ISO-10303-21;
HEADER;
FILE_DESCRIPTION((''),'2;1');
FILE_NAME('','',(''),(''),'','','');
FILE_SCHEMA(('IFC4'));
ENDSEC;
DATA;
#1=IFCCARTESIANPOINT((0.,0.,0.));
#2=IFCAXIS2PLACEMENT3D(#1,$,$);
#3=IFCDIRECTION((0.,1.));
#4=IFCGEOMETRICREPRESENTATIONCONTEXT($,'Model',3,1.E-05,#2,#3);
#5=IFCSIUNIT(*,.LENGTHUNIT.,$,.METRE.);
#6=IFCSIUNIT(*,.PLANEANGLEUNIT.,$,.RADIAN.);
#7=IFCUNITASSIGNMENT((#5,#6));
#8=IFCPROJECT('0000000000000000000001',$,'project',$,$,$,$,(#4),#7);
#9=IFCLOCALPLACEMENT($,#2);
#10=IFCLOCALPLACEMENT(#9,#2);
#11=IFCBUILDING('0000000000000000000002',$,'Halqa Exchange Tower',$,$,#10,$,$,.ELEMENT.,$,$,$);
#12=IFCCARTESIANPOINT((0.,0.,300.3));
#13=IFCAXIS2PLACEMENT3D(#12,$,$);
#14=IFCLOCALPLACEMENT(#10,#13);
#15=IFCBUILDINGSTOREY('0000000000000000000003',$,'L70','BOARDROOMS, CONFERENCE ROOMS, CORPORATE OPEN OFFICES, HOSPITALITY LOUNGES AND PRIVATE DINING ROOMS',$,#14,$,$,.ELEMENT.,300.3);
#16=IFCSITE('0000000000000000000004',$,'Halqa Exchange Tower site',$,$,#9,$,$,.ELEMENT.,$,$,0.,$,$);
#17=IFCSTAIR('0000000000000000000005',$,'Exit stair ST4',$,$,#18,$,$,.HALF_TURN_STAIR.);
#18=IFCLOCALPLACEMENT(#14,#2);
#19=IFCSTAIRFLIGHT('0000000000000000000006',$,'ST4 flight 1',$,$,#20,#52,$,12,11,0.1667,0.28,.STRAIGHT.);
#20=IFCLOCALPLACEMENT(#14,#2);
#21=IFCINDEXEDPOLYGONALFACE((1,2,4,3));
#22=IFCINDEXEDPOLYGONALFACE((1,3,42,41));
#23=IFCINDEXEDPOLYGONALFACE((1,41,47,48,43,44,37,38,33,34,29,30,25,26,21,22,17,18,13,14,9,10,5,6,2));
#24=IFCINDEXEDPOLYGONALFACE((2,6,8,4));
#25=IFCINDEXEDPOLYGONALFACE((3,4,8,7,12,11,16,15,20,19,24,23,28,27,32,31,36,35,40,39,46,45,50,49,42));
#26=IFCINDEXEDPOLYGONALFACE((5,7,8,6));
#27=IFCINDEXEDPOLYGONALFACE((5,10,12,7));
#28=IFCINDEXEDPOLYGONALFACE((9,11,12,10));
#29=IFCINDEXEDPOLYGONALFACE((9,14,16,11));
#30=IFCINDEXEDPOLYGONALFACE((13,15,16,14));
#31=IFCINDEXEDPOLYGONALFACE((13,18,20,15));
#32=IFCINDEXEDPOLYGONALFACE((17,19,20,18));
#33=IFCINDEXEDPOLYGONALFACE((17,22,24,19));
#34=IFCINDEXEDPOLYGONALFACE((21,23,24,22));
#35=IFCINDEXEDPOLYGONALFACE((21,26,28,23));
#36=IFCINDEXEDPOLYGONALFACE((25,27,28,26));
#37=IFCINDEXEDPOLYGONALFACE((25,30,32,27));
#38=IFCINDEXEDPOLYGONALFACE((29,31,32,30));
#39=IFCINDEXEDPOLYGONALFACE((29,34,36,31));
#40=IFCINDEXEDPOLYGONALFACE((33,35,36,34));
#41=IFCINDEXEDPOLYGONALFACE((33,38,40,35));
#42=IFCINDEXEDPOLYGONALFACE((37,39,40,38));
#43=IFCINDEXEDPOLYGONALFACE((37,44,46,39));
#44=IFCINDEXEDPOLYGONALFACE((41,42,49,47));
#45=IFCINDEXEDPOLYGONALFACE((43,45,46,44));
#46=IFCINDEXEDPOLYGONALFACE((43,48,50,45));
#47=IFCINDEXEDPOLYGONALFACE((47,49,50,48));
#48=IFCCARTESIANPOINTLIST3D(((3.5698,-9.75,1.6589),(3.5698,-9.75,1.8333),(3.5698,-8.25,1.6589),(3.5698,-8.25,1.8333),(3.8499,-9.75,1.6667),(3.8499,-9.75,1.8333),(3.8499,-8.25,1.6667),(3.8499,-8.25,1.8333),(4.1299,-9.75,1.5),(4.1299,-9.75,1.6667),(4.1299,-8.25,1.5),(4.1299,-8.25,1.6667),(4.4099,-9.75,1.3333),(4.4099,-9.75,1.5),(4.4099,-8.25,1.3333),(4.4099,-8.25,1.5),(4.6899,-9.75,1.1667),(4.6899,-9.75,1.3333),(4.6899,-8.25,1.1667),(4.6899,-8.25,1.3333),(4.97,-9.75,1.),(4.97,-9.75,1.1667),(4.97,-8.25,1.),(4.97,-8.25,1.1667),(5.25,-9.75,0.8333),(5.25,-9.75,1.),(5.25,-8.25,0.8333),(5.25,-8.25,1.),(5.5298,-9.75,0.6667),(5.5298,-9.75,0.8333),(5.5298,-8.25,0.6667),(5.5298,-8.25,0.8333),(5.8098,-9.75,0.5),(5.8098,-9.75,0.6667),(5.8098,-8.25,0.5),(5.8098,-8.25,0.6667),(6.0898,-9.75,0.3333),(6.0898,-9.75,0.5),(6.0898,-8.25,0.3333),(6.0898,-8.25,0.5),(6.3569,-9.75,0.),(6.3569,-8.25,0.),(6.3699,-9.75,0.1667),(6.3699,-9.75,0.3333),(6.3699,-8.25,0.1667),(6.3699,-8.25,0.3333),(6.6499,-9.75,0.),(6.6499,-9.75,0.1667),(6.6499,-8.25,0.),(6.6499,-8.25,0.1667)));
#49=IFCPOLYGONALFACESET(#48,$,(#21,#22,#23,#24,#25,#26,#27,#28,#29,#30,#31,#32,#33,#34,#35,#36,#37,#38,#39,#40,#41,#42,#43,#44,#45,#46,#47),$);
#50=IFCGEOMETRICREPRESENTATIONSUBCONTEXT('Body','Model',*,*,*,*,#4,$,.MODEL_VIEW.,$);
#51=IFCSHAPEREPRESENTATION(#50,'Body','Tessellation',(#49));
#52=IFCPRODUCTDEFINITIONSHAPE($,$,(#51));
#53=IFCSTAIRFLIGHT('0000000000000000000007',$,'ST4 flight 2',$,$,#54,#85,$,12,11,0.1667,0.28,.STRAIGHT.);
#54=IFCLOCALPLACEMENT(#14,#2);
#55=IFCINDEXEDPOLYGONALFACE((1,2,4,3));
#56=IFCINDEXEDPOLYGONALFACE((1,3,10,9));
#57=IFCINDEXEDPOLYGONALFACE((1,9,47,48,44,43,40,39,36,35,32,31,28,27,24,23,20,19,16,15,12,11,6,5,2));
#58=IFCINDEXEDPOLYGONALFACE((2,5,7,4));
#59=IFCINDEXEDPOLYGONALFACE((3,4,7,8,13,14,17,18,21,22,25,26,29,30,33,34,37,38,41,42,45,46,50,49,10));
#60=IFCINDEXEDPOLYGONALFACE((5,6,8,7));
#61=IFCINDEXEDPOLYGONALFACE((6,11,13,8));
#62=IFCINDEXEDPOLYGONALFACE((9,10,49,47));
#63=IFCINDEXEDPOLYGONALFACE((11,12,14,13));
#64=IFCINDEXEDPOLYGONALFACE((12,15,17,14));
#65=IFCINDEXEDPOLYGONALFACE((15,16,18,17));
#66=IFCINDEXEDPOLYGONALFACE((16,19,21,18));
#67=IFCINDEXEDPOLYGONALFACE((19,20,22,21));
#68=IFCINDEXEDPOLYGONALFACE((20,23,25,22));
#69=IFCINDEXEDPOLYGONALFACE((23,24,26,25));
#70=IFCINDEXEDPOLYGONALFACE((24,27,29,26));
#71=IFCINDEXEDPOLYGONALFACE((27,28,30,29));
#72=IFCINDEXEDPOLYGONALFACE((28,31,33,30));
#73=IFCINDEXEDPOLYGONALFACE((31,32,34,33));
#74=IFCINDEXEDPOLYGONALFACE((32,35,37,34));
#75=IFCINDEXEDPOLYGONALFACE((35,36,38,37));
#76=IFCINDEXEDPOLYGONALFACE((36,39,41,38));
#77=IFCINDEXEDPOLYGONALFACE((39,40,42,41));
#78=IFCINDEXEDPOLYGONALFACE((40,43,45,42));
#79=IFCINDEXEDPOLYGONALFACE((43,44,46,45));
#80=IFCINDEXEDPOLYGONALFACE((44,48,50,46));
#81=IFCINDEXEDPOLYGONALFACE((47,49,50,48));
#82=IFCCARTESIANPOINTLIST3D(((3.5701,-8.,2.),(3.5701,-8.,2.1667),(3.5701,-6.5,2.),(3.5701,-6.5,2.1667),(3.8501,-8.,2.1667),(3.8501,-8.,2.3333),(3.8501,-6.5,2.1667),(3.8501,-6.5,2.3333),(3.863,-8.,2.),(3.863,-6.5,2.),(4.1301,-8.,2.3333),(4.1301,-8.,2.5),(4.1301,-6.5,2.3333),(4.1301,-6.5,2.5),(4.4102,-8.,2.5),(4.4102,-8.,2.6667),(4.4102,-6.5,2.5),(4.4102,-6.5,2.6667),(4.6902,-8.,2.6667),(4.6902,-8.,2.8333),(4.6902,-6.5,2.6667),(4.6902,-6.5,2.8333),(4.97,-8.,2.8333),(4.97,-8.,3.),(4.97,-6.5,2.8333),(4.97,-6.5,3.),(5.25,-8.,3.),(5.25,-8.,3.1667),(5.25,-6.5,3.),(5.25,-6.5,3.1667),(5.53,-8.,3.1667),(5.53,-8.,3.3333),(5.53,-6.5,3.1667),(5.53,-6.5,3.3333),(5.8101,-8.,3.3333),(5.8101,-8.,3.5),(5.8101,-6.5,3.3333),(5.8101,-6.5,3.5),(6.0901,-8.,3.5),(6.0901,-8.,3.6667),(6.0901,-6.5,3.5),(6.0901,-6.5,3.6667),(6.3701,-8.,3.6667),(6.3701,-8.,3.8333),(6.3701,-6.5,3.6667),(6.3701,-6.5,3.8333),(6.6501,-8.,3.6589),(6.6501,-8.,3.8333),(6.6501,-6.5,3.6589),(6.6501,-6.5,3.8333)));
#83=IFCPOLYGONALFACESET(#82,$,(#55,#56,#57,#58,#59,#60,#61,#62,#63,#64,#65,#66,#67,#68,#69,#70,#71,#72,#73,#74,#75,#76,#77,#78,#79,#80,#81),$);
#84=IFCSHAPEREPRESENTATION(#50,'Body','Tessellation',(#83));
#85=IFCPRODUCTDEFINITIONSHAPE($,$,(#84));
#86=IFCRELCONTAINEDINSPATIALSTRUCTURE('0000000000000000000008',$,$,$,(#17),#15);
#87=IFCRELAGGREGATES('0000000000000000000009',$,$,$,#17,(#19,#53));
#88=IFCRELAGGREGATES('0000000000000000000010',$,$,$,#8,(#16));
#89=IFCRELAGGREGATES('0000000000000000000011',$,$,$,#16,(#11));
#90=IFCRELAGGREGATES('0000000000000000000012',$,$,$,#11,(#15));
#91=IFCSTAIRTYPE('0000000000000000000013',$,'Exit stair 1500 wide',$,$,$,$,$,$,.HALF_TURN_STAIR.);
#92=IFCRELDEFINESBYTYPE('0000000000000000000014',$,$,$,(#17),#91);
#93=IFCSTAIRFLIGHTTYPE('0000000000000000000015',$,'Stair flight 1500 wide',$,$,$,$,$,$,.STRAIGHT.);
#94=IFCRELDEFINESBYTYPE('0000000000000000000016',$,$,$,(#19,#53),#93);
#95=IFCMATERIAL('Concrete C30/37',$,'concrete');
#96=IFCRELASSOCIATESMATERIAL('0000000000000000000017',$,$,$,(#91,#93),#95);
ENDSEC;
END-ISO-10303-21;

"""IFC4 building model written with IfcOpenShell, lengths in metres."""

from ifc_helpers import new_model, si_unit, direction, frame, origin, place, context, subcontext, project, spatial, polyline, outline, extrude, material, type_object, element, aggregate, save


model = new_model("IFC4")

# Units and contexts
model_context = context("Model", 3, precision=1e-05, world=origin(), true_north=direction((0.0, 1.0)))
body_context = subcontext(model_context, "Body", "Model", "MODEL_VIEW")
ifc_project = project(units=[si_unit("LENGTHUNIT", "METRE"), si_unit("PLANEANGLEUNIT", "RADIAN")], contexts=[model_context])

# Site, building, storey
site_placement = place(None, origin())
site = spatial("IfcSite", under=ifc_project, at=site_placement, Name="Halqa Exchange Tower site", CompositionType="ELEMENT", RefElevation=0.0)
building_placement = place(site_placement, origin())
building = spatial("IfcBuilding", under=site, at=building_placement, Name="Halqa Exchange Tower", CompositionType="ELEMENT")
storey_placement = place(building_placement, frame((0.0, 0.0, 300.3)))
storey = spatial("IfcBuildingStorey", under=building, at=storey_placement, Name="L70", Description="BOARDROOMS, CONFERENCE ROOMS, CORPORATE OPEN OFFICES, HOSPITALITY LOUNGES AND PRIVATE DINING ROOMS", CompositionType="ELEMENT", Elevation=300.3)

# Shared definitions
ifc_material_1 = material(Name="Concrete C30/37", Category="concrete")

# Stair, stair flights
stair_type = type_object("IfcStairType", Name="Exit stair 1500 wide", PredefinedType="HALF_TURN_STAIR", material=ifc_material_1)
stair_placement = place(storey_placement, origin())
stair = element("IfcStair", 1, at=stair_placement, inside=storey, type_object=stair_type, Name="Exit stair ST4", PredefinedType="HALF_TURN_STAIR")
stair_flight_type = type_object("IfcStairFlightType", Name="Stair flight 1500 wide", PredefinedType="STRAIGHT", material=ifc_material_1)
stair_flight_1_placement = place(storey_placement, frame((6.6499, -9.0, 0.0), z_axis=(0.0, 0.0, 1.0), x_axis=(-1.0, 0.0, 0.0)))
stair_flight_1 = element("IfcStairFlight", 2, at=stair_flight_1_placement, type_object=stair_flight_type, Name="ST4 flight 1", NumberOfRisers=12, NumberOfTreads=11, PredefinedType="STRAIGHT", RiserHeight=0.1667, TreadLength=0.28, context=body_context, shape_type="SweptSolid", body=[
    extrude(outline(polyline([(0.0, 0.0), (0.0, 0.1667), (0.28, 0.1667), (0.28, 0.3333), (0.5601, 0.3333), (0.5601, 0.5), (0.8401, 0.5), (0.8401, 0.6667), (1.1201, 0.6667), (1.1201, 0.8333), (1.3999, 0.8333), (1.3999, 1.0), (1.6799, 1.0), (1.6799, 1.1667), (1.96, 1.1667), (1.96, 1.3333), (2.24, 1.3333), (2.24, 1.5), (2.52, 1.5), (2.52, 1.6667), (2.8, 1.6667), (2.8, 1.8333), (3.0801, 1.8333), (3.0801, 2.0), (3.0801, 1.6589), (0.293, 0.0), (0.0, 0.0)])), frame((0.0, 0.75, 0.0), z_axis=(0.0, -1.0, 0.0), x_axis=(1.0, 0.0, 0.0)), (0.0, 0.0, 1.0), 1.5),
])
stair_flight_2_placement = place(storey_placement, frame((3.5701, -7.25, 2.0), z_axis=(0.0, 0.0, 1.0), x_axis=(1.0, 0.0, 0.0)))
stair_flight_2 = element("IfcStairFlight", 3, at=stair_flight_2_placement, type_object=stair_flight_type, Name="ST4 flight 2", NumberOfRisers=12, NumberOfTreads=11, PredefinedType="STRAIGHT", RiserHeight=0.1667, TreadLength=0.28, context=body_context, shape_type="SweptSolid", body=[
    extrude(outline(polyline([(0.0, 0.0), (0.0, 0.1667), (0.28, 0.1667), (0.28, 0.3333), (0.5601, 0.3333), (0.5601, 0.5), (0.8401, 0.5), (0.8401, 0.6667), (1.1201, 0.6667), (1.1201, 0.8333), (1.3999, 0.8333), (1.3999, 1.0), (1.6799, 1.0), (1.6799, 1.1667), (1.96, 1.1667), (1.96, 1.3333), (2.24, 1.3333), (2.24, 1.5), (2.52, 1.5), (2.52, 1.6667), (2.8, 1.6667), (2.8, 1.8333), (3.0801, 1.8333), (3.0801, 2.0), (3.0801, 1.6589), (0.293, 0.0), (0.0, 0.0)])), frame((0.0, 0.75, 0.0), z_axis=(0.0, -1.0, 0.0), x_axis=(1.0, 0.0, 0.0)), (0.0, 0.0, 1.0), 1.5),
])
aggregate(stair, [stair_flight_1, stair_flight_2])

save(model, "model.ifc")
